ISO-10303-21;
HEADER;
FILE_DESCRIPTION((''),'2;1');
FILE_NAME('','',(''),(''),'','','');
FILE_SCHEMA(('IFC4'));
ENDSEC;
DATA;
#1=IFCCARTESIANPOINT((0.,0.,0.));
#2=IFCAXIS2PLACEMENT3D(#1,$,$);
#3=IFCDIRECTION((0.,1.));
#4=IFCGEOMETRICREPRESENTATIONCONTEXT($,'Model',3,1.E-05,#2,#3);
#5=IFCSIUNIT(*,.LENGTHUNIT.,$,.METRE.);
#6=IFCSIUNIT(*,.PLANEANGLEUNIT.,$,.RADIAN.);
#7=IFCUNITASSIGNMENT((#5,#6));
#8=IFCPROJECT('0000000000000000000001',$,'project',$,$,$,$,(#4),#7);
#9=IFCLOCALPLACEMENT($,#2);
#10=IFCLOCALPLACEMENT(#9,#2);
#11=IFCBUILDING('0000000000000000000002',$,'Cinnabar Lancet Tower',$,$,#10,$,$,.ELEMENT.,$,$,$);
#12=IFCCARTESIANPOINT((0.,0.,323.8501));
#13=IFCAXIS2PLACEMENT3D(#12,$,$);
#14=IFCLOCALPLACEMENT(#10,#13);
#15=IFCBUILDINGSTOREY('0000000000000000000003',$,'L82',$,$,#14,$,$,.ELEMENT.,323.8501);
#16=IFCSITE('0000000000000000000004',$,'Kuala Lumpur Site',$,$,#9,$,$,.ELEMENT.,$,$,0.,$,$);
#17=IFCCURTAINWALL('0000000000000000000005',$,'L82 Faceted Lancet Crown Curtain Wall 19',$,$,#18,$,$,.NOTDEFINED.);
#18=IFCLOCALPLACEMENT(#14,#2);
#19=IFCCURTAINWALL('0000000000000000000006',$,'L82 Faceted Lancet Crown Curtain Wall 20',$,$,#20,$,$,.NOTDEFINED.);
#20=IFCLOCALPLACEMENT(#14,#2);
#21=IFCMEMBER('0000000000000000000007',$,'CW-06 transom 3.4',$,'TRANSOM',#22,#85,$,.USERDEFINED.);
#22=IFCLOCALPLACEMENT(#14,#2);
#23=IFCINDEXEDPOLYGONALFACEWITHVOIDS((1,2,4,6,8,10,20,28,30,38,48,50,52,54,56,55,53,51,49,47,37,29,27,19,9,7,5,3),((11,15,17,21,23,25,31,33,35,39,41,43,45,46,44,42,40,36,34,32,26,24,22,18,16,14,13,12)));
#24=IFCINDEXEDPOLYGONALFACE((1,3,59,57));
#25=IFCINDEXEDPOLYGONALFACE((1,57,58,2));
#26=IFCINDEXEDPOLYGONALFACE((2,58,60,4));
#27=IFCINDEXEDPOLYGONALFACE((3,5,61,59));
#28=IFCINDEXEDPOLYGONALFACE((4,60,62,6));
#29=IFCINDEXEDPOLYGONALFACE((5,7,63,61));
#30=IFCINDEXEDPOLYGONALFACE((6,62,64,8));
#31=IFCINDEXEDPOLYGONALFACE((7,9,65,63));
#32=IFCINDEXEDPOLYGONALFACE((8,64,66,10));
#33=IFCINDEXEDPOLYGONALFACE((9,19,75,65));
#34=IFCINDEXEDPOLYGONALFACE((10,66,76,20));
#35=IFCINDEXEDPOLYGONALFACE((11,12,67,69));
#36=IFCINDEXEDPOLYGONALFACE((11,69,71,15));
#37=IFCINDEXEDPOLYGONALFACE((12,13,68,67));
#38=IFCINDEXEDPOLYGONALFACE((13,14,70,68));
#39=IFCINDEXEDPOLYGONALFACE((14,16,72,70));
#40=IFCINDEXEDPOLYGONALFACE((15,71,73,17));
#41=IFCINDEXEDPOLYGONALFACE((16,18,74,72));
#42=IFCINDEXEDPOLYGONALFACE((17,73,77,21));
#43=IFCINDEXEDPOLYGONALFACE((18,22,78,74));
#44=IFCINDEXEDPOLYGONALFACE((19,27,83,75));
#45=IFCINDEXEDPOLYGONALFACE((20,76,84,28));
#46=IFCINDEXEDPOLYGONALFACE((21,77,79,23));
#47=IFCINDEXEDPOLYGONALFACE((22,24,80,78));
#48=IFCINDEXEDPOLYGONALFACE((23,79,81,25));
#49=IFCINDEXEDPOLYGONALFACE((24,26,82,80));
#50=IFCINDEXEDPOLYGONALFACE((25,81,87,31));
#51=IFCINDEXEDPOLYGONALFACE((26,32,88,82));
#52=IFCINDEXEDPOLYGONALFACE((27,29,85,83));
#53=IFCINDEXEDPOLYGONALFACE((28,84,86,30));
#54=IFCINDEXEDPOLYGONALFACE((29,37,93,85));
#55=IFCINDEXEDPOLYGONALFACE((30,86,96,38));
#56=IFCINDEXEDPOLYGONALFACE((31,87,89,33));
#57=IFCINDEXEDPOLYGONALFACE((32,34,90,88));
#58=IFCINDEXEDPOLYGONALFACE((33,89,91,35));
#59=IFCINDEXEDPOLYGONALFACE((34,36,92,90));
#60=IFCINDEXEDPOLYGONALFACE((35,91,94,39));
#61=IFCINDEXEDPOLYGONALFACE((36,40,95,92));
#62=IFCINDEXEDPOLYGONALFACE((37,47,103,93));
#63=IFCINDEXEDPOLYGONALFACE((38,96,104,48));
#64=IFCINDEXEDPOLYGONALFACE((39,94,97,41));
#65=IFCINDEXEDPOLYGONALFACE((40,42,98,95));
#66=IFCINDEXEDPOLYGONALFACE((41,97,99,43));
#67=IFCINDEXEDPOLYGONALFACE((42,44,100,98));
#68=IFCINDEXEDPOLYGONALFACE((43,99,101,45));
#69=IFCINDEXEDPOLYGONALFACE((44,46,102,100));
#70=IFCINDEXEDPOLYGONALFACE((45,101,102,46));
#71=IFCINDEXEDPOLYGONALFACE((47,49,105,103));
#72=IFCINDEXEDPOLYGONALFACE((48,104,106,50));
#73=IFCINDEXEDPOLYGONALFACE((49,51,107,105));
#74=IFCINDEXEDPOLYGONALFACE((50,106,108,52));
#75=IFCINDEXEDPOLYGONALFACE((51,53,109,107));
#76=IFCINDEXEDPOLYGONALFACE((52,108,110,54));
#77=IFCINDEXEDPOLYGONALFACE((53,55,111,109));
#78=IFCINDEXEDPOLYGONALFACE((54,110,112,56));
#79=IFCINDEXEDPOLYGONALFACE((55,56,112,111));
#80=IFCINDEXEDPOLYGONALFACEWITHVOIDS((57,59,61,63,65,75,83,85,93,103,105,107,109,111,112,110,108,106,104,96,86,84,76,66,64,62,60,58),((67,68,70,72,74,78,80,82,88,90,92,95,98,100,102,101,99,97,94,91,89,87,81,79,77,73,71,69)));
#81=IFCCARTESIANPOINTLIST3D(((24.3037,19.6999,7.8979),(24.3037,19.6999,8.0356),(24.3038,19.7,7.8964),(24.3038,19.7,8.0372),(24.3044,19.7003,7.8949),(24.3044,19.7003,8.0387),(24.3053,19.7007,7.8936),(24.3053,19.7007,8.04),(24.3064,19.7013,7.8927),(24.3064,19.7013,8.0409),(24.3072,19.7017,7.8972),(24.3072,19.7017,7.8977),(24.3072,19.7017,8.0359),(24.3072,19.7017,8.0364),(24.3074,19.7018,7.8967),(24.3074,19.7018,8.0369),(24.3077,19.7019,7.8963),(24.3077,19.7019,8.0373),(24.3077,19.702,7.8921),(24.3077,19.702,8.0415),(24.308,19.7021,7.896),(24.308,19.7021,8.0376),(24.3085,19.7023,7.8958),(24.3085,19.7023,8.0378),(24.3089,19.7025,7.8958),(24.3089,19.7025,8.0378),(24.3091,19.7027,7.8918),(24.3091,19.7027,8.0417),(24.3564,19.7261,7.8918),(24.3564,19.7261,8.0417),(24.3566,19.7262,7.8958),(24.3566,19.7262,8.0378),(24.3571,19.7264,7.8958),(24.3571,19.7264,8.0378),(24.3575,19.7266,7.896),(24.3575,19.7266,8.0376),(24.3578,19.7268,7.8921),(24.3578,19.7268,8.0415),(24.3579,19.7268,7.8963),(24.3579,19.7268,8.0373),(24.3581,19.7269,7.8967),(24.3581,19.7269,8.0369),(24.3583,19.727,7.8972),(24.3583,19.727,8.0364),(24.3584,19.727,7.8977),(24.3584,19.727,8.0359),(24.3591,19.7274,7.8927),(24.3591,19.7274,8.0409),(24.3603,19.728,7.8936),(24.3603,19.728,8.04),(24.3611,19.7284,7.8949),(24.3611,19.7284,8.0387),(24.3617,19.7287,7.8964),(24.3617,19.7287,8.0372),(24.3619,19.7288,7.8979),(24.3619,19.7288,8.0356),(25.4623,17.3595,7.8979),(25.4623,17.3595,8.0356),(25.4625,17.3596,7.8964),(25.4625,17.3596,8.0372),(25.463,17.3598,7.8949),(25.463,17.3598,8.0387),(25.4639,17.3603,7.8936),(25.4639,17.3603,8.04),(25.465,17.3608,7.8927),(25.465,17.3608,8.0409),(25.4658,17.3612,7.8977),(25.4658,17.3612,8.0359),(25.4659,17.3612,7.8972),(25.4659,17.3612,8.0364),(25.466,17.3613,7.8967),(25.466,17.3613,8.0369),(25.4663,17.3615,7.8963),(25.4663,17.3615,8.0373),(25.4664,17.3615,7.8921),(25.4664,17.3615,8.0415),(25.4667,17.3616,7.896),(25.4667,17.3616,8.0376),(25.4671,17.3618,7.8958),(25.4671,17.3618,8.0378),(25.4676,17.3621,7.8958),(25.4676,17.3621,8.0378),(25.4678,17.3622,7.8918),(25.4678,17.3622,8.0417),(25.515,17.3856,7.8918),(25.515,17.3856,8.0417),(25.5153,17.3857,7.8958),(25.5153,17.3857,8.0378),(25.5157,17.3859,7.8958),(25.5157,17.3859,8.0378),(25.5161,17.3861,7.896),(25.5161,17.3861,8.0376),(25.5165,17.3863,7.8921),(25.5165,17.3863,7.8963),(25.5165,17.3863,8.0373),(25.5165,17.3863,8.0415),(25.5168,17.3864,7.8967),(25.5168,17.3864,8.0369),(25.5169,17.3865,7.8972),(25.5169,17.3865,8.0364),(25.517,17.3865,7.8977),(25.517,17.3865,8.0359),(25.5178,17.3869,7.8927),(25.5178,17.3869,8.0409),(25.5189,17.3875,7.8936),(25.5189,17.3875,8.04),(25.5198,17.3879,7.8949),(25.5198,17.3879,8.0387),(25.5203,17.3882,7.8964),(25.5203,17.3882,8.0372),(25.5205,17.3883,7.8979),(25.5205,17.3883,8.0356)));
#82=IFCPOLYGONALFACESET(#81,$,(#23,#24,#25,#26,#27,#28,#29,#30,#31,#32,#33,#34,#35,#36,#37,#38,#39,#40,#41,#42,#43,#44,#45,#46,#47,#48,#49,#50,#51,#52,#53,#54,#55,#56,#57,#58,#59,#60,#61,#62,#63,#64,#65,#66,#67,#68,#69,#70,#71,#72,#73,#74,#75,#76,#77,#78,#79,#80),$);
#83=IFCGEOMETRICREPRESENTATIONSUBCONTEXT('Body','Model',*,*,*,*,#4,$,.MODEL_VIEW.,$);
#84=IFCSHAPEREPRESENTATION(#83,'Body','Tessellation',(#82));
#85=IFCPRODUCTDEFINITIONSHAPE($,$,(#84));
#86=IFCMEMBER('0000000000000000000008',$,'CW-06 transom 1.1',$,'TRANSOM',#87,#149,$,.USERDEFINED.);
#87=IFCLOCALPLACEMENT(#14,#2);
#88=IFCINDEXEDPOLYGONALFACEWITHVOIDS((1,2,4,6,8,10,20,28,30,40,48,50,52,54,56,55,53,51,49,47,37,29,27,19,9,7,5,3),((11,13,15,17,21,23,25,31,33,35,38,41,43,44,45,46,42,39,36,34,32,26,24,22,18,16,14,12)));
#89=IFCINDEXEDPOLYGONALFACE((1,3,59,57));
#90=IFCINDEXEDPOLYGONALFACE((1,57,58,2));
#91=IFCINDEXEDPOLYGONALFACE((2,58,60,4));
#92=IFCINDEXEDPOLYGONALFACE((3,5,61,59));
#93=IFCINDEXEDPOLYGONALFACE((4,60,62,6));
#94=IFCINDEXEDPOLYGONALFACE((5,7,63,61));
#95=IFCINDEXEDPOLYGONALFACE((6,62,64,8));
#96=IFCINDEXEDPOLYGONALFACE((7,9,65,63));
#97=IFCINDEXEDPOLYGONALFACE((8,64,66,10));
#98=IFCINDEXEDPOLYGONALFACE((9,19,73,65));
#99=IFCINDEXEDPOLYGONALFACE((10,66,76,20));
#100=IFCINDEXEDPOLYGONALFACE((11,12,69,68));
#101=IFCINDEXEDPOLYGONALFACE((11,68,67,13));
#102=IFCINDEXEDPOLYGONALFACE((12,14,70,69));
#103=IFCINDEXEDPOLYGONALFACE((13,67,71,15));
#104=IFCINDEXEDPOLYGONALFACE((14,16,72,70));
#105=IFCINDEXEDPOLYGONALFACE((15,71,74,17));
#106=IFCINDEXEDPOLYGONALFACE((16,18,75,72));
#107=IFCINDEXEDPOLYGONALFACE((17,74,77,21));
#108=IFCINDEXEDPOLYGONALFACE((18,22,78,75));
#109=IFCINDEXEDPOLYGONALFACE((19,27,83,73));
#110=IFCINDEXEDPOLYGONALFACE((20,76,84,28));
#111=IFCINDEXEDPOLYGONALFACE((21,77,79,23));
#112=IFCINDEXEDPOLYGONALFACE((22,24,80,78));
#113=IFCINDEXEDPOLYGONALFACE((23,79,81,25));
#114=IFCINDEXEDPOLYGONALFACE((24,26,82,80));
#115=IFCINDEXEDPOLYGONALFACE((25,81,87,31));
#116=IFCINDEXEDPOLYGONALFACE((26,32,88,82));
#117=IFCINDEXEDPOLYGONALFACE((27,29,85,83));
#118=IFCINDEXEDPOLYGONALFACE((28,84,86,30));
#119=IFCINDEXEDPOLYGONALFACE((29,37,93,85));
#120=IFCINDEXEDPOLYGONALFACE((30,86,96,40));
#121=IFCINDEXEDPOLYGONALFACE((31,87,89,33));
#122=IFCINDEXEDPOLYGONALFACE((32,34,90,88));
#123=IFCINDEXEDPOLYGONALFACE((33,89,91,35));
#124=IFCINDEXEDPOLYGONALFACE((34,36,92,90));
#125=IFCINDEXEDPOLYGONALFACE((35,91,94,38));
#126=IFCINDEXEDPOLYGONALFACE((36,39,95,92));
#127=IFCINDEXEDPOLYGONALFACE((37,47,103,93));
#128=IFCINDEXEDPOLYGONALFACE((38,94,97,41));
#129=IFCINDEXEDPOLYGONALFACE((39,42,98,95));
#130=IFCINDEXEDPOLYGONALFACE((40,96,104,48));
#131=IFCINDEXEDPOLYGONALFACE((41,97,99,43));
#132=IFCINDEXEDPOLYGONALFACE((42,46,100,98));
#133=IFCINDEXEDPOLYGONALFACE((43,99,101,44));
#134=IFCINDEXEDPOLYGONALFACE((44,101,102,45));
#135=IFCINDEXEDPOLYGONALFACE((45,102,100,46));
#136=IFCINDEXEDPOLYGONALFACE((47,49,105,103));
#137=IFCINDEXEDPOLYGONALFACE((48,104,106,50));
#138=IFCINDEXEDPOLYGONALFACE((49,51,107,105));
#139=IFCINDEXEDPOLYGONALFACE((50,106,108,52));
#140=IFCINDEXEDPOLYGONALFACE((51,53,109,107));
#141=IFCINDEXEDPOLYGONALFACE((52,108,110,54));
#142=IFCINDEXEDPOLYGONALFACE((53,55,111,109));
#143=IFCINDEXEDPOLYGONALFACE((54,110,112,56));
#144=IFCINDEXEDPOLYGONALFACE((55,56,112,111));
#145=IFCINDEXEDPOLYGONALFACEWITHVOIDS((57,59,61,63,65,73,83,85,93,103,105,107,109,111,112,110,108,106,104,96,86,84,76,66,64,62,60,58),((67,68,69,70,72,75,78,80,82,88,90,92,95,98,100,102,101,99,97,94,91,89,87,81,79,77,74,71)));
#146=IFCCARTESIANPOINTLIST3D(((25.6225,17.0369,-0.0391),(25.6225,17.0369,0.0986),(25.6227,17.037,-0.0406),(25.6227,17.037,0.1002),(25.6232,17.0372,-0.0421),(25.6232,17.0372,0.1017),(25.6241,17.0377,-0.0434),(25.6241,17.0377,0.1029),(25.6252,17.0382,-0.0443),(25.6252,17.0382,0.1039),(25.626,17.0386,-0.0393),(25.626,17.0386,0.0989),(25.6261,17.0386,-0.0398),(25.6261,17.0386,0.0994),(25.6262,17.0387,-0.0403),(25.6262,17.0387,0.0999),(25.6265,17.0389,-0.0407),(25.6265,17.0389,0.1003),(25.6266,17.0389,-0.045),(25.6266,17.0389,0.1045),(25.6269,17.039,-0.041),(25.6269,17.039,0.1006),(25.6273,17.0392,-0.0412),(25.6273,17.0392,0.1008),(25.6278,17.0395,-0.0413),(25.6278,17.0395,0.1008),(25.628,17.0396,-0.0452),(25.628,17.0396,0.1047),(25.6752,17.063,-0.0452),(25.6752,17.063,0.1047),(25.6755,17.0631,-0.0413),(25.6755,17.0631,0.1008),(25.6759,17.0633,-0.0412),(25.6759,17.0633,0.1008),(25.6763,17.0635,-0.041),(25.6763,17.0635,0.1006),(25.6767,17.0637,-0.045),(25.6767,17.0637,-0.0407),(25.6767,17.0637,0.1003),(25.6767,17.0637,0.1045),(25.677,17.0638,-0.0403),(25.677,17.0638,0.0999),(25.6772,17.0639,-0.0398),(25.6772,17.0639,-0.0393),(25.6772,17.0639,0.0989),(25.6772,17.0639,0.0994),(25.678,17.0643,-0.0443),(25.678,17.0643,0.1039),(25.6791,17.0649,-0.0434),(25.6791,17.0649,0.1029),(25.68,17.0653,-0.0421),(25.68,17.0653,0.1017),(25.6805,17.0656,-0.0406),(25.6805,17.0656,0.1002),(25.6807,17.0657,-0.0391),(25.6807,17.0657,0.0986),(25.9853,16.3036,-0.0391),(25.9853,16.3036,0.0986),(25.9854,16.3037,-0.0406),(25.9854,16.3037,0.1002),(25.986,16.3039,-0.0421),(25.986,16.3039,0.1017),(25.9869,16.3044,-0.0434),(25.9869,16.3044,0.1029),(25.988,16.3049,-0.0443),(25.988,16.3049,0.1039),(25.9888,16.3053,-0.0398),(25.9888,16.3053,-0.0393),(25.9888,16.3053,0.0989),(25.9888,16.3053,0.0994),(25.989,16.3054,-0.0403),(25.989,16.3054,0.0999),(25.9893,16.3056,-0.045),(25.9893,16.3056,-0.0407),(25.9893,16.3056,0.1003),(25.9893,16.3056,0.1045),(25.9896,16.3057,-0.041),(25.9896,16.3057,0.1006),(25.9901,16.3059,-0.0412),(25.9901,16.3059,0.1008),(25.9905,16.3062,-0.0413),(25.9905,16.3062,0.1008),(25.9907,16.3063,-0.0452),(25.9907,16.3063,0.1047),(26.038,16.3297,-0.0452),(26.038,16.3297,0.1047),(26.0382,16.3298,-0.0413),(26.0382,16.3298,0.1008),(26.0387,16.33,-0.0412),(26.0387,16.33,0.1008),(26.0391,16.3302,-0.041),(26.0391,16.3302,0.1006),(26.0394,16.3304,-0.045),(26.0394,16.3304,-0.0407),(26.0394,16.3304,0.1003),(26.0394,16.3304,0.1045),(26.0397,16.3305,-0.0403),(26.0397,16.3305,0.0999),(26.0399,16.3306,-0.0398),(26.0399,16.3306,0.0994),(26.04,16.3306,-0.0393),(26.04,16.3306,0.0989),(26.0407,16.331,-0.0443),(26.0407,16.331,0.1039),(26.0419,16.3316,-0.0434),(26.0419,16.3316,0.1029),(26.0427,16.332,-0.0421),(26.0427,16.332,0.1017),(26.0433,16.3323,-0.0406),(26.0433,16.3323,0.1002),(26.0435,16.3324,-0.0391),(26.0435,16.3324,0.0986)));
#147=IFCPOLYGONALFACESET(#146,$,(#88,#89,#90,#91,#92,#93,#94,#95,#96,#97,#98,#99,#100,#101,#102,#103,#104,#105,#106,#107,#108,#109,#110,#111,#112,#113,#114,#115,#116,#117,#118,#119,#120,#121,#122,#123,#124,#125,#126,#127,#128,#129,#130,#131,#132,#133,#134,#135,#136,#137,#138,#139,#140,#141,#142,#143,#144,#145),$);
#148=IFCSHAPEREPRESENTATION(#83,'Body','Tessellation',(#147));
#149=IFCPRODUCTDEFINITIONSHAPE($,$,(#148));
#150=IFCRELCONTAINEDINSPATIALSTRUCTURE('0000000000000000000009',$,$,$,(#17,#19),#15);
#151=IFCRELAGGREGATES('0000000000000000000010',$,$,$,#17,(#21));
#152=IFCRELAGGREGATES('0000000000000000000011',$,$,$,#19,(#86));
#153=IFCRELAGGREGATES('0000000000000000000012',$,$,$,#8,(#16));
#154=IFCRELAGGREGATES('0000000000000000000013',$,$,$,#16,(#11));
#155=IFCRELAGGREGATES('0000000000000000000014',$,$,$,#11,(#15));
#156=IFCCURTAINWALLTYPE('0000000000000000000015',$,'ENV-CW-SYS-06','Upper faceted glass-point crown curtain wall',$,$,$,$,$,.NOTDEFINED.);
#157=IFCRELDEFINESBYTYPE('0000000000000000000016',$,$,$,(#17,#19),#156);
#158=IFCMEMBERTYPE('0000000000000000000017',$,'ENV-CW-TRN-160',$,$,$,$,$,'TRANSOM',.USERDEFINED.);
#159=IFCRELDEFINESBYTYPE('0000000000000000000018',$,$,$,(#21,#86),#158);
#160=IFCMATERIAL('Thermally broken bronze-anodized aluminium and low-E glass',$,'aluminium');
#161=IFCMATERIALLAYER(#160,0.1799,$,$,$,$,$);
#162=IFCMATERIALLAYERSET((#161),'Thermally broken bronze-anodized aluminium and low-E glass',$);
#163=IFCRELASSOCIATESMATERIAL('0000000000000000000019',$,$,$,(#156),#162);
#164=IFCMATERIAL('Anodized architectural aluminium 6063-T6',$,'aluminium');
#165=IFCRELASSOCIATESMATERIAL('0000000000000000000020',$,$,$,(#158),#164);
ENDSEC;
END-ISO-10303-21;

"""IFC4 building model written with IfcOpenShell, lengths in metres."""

from ifc_helpers import new_model, si_unit, direction, frame, origin, origin_2d, place, context, subcontext, project, spatial, hollow_rectangle, extrude, material, layer, layer_set, material_profile, profile_set, type_object, element, aggregate, save


model = new_model("IFC4")

# Units and contexts
model_context = context("Model", 3, precision=1e-05, world=origin(), true_north=direction((0.0, 1.0)))
body_context = subcontext(model_context, "Body", "Model", "MODEL_VIEW")
ifc_project = project(units=[si_unit("LENGTHUNIT", "METRE"), si_unit("PLANEANGLEUNIT", "RADIAN")], contexts=[model_context])

# Site, building, storey
site_placement = place(None, origin())
site = spatial("IfcSite", under=ifc_project, at=site_placement, Name="Kuala Lumpur Site", CompositionType="ELEMENT", RefElevation=0.0)
building_placement = place(site_placement, origin())
building = spatial("IfcBuilding", under=site, at=building_placement, Name="Cinnabar Lancet Tower", CompositionType="ELEMENT")
storey_placement = place(building_placement, frame((0.0, 0.0, 323.8501)))
storey = spatial("IfcBuildingStorey", under=building, at=storey_placement, Name="L82", CompositionType="ELEMENT", Elevation=323.8501)

# Curtain wall
ifc_material_1 = material(Name="Thermally broken bronze-anodized aluminium and low-E glass", Category="aluminium")
ifc_layer_1 = layer(ifc_material_1, 0.1799)
ifc_layer_set_1 = layer_set([ifc_layer_1], Name="Thermally broken bronze-anodized aluminium and low-E glass")
curtain_wall_type = type_object("IfcCurtainWallType", Name="ENV-CW-SYS-06", Description="Upper faceted glass-point crown curtain wall", PredefinedType="NOTDEFINED", material=ifc_layer_set_1)
curtain_wall_1_placement = place(storey_placement, origin())
curtain_wall_1 = element("IfcCurtainWall", 1, at=curtain_wall_1_placement, inside=storey, type_object=curtain_wall_type, Name="L82 Faceted Lancet Crown Curtain Wall 19", PredefinedType="NOTDEFINED")

# Curtain wall
curtain_wall_2_placement = place(storey_placement, origin())
curtain_wall_2 = element("IfcCurtainWall", 2, at=curtain_wall_2_placement, inside=storey, type_object=curtain_wall_type, Name="L82 Faceted Lancet Crown Curtain Wall 20", PredefinedType="NOTDEFINED")

# Members
ifc_material_2 = material(Name="Anodized architectural aluminium 6063-T6", Category="aluminium")
ifc_material_profile_1 = material_profile(ifc_material_2, hollow_rectangle(XDim=0.0649, YDim=0.1499, WallThickness=0.0039, InnerFilletRadius=0.002, OuterFilletRadius=0.0061, at=origin_2d()), Name="CW-TRN 150x65x4")
ifc_profile_set_1 = profile_set([ifc_material_profile_1], Name="Anodized architectural aluminium 6063-T6")
member_type_1 = type_object("IfcMemberType", Name="ENV-CW-TRN-160", ElementType="TRANSOM", PredefinedType="USERDEFINED", material=ifc_profile_set_1)
member_1_placement = place(storey_placement, frame((24.3328, 19.7144, 7.9668), z_axis=(0.443658, -0.896196, 0.0), x_axis=(0.896196, 0.443658, 0.0)))
member_1 = element("IfcMember", 3, at=member_1_placement, type_object=member_type_1, Name="CW-06 transom 3.4", ObjectType="TRANSOM", PredefinedType="USERDEFINED", context=body_context, shape_type="SweptSolid", body=[
    extrude(hollow_rectangle(XDim=0.0649, YDim=0.1499, WallThickness=0.0039, InnerFilletRadius=0.002, OuterFilletRadius=0.0061, at=origin_2d()), origin(), (0.0, 0.0, 1.0), 2.6116),
])
member_2_placement = place(storey_placement, frame((25.6516, 17.0513, 0.0298), z_axis=(0.44339, -0.896329, 0.0), x_axis=(0.896329, 0.44339, 0.0)))
member_2 = element("IfcMember", 4, at=member_2_placement, type_object=member_type_1, Name="CW-06 transom 1.1", ObjectType="TRANSOM", PredefinedType="USERDEFINED", context=body_context, shape_type="SweptSolid", body=[
    extrude(hollow_rectangle(XDim=0.0649, YDim=0.1499, WallThickness=0.0039, InnerFilletRadius=0.002, OuterFilletRadius=0.0061, at=origin_2d()), origin(), (0.0, 0.0, 1.0), 0.8181),
])

aggregate(curtain_wall_1, [member_1])
aggregate(curtain_wall_2, [member_2])

save(model, "model.ifc")
